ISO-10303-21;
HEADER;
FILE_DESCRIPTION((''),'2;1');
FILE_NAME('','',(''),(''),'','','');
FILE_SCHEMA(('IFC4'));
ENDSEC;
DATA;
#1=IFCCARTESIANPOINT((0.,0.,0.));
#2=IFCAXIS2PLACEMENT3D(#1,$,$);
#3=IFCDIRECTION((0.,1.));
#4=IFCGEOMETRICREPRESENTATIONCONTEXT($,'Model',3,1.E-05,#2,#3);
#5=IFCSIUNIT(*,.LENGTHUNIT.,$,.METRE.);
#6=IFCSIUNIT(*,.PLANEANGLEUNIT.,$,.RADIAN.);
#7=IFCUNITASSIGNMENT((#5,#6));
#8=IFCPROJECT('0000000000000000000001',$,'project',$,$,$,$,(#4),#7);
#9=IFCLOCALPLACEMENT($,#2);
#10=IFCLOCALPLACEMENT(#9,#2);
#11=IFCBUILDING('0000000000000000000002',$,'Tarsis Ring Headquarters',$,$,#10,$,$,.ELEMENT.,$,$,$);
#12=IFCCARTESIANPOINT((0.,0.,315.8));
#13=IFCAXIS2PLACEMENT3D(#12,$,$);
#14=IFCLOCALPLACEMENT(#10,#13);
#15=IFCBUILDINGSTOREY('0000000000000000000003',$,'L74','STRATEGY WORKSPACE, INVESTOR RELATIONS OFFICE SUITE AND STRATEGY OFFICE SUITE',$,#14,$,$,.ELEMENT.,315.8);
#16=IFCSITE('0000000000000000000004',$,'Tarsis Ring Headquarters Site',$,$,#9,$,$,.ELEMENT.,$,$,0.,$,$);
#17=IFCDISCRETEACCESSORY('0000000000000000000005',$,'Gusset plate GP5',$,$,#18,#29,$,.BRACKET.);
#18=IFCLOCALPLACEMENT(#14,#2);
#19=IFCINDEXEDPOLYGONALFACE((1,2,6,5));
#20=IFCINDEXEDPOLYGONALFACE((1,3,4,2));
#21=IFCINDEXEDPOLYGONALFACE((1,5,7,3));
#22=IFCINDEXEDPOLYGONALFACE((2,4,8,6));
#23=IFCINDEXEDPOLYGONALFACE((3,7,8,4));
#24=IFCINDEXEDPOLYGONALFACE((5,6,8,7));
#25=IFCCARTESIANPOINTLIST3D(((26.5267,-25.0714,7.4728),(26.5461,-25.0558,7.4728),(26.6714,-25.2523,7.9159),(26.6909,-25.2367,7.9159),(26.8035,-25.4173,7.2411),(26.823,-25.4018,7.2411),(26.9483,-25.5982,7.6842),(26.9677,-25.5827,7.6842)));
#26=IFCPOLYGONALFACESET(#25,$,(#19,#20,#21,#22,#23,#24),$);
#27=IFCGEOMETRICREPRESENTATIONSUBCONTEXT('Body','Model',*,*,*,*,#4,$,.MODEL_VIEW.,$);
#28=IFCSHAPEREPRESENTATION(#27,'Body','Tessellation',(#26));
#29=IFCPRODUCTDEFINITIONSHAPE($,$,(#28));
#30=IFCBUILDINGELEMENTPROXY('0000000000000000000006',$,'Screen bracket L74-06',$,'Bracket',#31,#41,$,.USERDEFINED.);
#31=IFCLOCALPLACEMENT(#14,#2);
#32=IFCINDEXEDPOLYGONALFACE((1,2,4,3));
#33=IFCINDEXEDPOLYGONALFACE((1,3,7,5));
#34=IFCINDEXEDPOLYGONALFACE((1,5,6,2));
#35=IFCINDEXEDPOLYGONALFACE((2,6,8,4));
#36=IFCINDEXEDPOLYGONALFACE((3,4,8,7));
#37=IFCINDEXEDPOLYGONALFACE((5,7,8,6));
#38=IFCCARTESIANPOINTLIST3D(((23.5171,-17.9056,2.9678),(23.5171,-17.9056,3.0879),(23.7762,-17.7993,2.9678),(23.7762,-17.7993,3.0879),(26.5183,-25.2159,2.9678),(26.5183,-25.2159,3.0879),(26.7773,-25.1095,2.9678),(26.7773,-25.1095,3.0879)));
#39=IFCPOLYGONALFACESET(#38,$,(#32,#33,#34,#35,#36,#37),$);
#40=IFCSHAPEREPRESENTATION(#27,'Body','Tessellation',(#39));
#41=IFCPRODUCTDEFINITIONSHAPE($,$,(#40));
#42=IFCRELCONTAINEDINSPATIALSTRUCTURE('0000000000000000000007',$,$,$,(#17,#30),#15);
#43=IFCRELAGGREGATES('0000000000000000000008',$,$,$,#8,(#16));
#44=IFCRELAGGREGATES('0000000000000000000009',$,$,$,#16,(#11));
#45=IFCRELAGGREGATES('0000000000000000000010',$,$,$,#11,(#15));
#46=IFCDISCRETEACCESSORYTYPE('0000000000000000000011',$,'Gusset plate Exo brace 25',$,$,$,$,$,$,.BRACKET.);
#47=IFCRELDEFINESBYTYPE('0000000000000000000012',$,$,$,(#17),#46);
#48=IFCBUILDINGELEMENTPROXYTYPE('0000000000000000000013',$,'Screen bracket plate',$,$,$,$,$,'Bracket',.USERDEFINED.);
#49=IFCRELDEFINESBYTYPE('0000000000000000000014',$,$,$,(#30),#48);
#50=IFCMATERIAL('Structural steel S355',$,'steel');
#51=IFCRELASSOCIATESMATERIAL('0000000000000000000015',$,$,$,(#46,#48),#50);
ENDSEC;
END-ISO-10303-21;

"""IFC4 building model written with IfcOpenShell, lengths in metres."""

from ifc_helpers import new_model, si_unit, direction, frame, origin, origin_2d, place, context, subcontext, project, spatial, rectangle, extrude, material, material_profile, profile_set, type_object, element, save


model = new_model("IFC4")

# Units and contexts
model_context = context("Model", 3, precision=1e-05, world=origin(), true_north=direction((0.0, 1.0)))
body_context = subcontext(model_context, "Body", "Model", "MODEL_VIEW")
ifc_project = project(units=[si_unit("LENGTHUNIT", "METRE"), si_unit("PLANEANGLEUNIT", "RADIAN")], contexts=[model_context])

# Site, building, storey
site_placement = place(None, origin())
site = spatial("IfcSite", under=ifc_project, at=site_placement, Name="Tarsis Ring Headquarters Site", CompositionType="ELEMENT", RefElevation=0.0)
building_placement = place(site_placement, origin())
building = spatial("IfcBuilding", under=site, at=building_placement, Name="Tarsis Ring Headquarters", CompositionType="ELEMENT")
storey_placement = place(building_placement, frame((0.0, 0.0, 315.8)))
storey = spatial("IfcBuildingStorey", under=building, at=storey_placement, Name="L74", Description="STRATEGY WORKSPACE, INVESTOR RELATIONS OFFICE SUITE AND STRATEGY OFFICE SUITE", CompositionType="ELEMENT", Elevation=315.8)

# Shared definitions
ifc_material_1 = material(Name="Structural steel S355", Category="steel")

# Discrete accessory
ifc_material_profile_1 = material_profile(ifc_material_1, rectangle(XDim=0.0249, YDim=0.5, at=origin_2d()), Name="PL 25x500")
ifc_profile_set_1 = profile_set([ifc_material_profile_1], Name="Structural steel S355")
discrete_accessory_type = type_object("IfcDiscreteAccessoryType", Name="Gusset plate Exo brace 25", PredefinedType="BRACKET", material=ifc_profile_set_1)
for number, where, z_axis, x_axis, name in (
    (1, (26.8196, -25.4175, 7.8), (-0.289528, 0.361788, -0.886162), (-0.780766, -0.624824, 0.0), "Gusset plate GP5"),
):
    element("IfcDiscreteAccessory", number, at=place(storey_placement, frame(where, z_axis=z_axis, x_axis=x_axis)), inside=storey, type_object=discrete_accessory_type, Name=name, PredefinedType="BRACKET", context=body_context, shape_type="SweptSolid", body=[
        extrude(rectangle(XDim=0.0249, YDim=0.5, at=origin_2d()), origin(), (0.0, 0.0, 1.0), 0.5),
    ])

# Building element proxy
building_element_proxy_type = type_object("IfcBuildingElementProxyType", Name="Screen bracket plate", ElementType="Bracket", PredefinedType="USERDEFINED", material=ifc_material_1)
proxy_placement = place(storey_placement, frame((25.1472, -21.5076, 2.9678), z_axis=(0.0, 0.0, 1.0), x_axis=(-0.379779, 0.925077, 0.0)))
element("IfcBuildingElementProxy", 2, at=proxy_placement, inside=storey, type_object=building_element_proxy_type, Name="Screen bracket L74-06", ObjectType="Bracket", PredefinedType="USERDEFINED", context=body_context, shape_type="SweptSolid", body=[
    extrude(rectangle(XDim=7.9023, YDim=0.28, at=origin_2d()), origin(), (0.0, 0.0, 1.0), 0.1201),
])

save(model, "model.ifc")
